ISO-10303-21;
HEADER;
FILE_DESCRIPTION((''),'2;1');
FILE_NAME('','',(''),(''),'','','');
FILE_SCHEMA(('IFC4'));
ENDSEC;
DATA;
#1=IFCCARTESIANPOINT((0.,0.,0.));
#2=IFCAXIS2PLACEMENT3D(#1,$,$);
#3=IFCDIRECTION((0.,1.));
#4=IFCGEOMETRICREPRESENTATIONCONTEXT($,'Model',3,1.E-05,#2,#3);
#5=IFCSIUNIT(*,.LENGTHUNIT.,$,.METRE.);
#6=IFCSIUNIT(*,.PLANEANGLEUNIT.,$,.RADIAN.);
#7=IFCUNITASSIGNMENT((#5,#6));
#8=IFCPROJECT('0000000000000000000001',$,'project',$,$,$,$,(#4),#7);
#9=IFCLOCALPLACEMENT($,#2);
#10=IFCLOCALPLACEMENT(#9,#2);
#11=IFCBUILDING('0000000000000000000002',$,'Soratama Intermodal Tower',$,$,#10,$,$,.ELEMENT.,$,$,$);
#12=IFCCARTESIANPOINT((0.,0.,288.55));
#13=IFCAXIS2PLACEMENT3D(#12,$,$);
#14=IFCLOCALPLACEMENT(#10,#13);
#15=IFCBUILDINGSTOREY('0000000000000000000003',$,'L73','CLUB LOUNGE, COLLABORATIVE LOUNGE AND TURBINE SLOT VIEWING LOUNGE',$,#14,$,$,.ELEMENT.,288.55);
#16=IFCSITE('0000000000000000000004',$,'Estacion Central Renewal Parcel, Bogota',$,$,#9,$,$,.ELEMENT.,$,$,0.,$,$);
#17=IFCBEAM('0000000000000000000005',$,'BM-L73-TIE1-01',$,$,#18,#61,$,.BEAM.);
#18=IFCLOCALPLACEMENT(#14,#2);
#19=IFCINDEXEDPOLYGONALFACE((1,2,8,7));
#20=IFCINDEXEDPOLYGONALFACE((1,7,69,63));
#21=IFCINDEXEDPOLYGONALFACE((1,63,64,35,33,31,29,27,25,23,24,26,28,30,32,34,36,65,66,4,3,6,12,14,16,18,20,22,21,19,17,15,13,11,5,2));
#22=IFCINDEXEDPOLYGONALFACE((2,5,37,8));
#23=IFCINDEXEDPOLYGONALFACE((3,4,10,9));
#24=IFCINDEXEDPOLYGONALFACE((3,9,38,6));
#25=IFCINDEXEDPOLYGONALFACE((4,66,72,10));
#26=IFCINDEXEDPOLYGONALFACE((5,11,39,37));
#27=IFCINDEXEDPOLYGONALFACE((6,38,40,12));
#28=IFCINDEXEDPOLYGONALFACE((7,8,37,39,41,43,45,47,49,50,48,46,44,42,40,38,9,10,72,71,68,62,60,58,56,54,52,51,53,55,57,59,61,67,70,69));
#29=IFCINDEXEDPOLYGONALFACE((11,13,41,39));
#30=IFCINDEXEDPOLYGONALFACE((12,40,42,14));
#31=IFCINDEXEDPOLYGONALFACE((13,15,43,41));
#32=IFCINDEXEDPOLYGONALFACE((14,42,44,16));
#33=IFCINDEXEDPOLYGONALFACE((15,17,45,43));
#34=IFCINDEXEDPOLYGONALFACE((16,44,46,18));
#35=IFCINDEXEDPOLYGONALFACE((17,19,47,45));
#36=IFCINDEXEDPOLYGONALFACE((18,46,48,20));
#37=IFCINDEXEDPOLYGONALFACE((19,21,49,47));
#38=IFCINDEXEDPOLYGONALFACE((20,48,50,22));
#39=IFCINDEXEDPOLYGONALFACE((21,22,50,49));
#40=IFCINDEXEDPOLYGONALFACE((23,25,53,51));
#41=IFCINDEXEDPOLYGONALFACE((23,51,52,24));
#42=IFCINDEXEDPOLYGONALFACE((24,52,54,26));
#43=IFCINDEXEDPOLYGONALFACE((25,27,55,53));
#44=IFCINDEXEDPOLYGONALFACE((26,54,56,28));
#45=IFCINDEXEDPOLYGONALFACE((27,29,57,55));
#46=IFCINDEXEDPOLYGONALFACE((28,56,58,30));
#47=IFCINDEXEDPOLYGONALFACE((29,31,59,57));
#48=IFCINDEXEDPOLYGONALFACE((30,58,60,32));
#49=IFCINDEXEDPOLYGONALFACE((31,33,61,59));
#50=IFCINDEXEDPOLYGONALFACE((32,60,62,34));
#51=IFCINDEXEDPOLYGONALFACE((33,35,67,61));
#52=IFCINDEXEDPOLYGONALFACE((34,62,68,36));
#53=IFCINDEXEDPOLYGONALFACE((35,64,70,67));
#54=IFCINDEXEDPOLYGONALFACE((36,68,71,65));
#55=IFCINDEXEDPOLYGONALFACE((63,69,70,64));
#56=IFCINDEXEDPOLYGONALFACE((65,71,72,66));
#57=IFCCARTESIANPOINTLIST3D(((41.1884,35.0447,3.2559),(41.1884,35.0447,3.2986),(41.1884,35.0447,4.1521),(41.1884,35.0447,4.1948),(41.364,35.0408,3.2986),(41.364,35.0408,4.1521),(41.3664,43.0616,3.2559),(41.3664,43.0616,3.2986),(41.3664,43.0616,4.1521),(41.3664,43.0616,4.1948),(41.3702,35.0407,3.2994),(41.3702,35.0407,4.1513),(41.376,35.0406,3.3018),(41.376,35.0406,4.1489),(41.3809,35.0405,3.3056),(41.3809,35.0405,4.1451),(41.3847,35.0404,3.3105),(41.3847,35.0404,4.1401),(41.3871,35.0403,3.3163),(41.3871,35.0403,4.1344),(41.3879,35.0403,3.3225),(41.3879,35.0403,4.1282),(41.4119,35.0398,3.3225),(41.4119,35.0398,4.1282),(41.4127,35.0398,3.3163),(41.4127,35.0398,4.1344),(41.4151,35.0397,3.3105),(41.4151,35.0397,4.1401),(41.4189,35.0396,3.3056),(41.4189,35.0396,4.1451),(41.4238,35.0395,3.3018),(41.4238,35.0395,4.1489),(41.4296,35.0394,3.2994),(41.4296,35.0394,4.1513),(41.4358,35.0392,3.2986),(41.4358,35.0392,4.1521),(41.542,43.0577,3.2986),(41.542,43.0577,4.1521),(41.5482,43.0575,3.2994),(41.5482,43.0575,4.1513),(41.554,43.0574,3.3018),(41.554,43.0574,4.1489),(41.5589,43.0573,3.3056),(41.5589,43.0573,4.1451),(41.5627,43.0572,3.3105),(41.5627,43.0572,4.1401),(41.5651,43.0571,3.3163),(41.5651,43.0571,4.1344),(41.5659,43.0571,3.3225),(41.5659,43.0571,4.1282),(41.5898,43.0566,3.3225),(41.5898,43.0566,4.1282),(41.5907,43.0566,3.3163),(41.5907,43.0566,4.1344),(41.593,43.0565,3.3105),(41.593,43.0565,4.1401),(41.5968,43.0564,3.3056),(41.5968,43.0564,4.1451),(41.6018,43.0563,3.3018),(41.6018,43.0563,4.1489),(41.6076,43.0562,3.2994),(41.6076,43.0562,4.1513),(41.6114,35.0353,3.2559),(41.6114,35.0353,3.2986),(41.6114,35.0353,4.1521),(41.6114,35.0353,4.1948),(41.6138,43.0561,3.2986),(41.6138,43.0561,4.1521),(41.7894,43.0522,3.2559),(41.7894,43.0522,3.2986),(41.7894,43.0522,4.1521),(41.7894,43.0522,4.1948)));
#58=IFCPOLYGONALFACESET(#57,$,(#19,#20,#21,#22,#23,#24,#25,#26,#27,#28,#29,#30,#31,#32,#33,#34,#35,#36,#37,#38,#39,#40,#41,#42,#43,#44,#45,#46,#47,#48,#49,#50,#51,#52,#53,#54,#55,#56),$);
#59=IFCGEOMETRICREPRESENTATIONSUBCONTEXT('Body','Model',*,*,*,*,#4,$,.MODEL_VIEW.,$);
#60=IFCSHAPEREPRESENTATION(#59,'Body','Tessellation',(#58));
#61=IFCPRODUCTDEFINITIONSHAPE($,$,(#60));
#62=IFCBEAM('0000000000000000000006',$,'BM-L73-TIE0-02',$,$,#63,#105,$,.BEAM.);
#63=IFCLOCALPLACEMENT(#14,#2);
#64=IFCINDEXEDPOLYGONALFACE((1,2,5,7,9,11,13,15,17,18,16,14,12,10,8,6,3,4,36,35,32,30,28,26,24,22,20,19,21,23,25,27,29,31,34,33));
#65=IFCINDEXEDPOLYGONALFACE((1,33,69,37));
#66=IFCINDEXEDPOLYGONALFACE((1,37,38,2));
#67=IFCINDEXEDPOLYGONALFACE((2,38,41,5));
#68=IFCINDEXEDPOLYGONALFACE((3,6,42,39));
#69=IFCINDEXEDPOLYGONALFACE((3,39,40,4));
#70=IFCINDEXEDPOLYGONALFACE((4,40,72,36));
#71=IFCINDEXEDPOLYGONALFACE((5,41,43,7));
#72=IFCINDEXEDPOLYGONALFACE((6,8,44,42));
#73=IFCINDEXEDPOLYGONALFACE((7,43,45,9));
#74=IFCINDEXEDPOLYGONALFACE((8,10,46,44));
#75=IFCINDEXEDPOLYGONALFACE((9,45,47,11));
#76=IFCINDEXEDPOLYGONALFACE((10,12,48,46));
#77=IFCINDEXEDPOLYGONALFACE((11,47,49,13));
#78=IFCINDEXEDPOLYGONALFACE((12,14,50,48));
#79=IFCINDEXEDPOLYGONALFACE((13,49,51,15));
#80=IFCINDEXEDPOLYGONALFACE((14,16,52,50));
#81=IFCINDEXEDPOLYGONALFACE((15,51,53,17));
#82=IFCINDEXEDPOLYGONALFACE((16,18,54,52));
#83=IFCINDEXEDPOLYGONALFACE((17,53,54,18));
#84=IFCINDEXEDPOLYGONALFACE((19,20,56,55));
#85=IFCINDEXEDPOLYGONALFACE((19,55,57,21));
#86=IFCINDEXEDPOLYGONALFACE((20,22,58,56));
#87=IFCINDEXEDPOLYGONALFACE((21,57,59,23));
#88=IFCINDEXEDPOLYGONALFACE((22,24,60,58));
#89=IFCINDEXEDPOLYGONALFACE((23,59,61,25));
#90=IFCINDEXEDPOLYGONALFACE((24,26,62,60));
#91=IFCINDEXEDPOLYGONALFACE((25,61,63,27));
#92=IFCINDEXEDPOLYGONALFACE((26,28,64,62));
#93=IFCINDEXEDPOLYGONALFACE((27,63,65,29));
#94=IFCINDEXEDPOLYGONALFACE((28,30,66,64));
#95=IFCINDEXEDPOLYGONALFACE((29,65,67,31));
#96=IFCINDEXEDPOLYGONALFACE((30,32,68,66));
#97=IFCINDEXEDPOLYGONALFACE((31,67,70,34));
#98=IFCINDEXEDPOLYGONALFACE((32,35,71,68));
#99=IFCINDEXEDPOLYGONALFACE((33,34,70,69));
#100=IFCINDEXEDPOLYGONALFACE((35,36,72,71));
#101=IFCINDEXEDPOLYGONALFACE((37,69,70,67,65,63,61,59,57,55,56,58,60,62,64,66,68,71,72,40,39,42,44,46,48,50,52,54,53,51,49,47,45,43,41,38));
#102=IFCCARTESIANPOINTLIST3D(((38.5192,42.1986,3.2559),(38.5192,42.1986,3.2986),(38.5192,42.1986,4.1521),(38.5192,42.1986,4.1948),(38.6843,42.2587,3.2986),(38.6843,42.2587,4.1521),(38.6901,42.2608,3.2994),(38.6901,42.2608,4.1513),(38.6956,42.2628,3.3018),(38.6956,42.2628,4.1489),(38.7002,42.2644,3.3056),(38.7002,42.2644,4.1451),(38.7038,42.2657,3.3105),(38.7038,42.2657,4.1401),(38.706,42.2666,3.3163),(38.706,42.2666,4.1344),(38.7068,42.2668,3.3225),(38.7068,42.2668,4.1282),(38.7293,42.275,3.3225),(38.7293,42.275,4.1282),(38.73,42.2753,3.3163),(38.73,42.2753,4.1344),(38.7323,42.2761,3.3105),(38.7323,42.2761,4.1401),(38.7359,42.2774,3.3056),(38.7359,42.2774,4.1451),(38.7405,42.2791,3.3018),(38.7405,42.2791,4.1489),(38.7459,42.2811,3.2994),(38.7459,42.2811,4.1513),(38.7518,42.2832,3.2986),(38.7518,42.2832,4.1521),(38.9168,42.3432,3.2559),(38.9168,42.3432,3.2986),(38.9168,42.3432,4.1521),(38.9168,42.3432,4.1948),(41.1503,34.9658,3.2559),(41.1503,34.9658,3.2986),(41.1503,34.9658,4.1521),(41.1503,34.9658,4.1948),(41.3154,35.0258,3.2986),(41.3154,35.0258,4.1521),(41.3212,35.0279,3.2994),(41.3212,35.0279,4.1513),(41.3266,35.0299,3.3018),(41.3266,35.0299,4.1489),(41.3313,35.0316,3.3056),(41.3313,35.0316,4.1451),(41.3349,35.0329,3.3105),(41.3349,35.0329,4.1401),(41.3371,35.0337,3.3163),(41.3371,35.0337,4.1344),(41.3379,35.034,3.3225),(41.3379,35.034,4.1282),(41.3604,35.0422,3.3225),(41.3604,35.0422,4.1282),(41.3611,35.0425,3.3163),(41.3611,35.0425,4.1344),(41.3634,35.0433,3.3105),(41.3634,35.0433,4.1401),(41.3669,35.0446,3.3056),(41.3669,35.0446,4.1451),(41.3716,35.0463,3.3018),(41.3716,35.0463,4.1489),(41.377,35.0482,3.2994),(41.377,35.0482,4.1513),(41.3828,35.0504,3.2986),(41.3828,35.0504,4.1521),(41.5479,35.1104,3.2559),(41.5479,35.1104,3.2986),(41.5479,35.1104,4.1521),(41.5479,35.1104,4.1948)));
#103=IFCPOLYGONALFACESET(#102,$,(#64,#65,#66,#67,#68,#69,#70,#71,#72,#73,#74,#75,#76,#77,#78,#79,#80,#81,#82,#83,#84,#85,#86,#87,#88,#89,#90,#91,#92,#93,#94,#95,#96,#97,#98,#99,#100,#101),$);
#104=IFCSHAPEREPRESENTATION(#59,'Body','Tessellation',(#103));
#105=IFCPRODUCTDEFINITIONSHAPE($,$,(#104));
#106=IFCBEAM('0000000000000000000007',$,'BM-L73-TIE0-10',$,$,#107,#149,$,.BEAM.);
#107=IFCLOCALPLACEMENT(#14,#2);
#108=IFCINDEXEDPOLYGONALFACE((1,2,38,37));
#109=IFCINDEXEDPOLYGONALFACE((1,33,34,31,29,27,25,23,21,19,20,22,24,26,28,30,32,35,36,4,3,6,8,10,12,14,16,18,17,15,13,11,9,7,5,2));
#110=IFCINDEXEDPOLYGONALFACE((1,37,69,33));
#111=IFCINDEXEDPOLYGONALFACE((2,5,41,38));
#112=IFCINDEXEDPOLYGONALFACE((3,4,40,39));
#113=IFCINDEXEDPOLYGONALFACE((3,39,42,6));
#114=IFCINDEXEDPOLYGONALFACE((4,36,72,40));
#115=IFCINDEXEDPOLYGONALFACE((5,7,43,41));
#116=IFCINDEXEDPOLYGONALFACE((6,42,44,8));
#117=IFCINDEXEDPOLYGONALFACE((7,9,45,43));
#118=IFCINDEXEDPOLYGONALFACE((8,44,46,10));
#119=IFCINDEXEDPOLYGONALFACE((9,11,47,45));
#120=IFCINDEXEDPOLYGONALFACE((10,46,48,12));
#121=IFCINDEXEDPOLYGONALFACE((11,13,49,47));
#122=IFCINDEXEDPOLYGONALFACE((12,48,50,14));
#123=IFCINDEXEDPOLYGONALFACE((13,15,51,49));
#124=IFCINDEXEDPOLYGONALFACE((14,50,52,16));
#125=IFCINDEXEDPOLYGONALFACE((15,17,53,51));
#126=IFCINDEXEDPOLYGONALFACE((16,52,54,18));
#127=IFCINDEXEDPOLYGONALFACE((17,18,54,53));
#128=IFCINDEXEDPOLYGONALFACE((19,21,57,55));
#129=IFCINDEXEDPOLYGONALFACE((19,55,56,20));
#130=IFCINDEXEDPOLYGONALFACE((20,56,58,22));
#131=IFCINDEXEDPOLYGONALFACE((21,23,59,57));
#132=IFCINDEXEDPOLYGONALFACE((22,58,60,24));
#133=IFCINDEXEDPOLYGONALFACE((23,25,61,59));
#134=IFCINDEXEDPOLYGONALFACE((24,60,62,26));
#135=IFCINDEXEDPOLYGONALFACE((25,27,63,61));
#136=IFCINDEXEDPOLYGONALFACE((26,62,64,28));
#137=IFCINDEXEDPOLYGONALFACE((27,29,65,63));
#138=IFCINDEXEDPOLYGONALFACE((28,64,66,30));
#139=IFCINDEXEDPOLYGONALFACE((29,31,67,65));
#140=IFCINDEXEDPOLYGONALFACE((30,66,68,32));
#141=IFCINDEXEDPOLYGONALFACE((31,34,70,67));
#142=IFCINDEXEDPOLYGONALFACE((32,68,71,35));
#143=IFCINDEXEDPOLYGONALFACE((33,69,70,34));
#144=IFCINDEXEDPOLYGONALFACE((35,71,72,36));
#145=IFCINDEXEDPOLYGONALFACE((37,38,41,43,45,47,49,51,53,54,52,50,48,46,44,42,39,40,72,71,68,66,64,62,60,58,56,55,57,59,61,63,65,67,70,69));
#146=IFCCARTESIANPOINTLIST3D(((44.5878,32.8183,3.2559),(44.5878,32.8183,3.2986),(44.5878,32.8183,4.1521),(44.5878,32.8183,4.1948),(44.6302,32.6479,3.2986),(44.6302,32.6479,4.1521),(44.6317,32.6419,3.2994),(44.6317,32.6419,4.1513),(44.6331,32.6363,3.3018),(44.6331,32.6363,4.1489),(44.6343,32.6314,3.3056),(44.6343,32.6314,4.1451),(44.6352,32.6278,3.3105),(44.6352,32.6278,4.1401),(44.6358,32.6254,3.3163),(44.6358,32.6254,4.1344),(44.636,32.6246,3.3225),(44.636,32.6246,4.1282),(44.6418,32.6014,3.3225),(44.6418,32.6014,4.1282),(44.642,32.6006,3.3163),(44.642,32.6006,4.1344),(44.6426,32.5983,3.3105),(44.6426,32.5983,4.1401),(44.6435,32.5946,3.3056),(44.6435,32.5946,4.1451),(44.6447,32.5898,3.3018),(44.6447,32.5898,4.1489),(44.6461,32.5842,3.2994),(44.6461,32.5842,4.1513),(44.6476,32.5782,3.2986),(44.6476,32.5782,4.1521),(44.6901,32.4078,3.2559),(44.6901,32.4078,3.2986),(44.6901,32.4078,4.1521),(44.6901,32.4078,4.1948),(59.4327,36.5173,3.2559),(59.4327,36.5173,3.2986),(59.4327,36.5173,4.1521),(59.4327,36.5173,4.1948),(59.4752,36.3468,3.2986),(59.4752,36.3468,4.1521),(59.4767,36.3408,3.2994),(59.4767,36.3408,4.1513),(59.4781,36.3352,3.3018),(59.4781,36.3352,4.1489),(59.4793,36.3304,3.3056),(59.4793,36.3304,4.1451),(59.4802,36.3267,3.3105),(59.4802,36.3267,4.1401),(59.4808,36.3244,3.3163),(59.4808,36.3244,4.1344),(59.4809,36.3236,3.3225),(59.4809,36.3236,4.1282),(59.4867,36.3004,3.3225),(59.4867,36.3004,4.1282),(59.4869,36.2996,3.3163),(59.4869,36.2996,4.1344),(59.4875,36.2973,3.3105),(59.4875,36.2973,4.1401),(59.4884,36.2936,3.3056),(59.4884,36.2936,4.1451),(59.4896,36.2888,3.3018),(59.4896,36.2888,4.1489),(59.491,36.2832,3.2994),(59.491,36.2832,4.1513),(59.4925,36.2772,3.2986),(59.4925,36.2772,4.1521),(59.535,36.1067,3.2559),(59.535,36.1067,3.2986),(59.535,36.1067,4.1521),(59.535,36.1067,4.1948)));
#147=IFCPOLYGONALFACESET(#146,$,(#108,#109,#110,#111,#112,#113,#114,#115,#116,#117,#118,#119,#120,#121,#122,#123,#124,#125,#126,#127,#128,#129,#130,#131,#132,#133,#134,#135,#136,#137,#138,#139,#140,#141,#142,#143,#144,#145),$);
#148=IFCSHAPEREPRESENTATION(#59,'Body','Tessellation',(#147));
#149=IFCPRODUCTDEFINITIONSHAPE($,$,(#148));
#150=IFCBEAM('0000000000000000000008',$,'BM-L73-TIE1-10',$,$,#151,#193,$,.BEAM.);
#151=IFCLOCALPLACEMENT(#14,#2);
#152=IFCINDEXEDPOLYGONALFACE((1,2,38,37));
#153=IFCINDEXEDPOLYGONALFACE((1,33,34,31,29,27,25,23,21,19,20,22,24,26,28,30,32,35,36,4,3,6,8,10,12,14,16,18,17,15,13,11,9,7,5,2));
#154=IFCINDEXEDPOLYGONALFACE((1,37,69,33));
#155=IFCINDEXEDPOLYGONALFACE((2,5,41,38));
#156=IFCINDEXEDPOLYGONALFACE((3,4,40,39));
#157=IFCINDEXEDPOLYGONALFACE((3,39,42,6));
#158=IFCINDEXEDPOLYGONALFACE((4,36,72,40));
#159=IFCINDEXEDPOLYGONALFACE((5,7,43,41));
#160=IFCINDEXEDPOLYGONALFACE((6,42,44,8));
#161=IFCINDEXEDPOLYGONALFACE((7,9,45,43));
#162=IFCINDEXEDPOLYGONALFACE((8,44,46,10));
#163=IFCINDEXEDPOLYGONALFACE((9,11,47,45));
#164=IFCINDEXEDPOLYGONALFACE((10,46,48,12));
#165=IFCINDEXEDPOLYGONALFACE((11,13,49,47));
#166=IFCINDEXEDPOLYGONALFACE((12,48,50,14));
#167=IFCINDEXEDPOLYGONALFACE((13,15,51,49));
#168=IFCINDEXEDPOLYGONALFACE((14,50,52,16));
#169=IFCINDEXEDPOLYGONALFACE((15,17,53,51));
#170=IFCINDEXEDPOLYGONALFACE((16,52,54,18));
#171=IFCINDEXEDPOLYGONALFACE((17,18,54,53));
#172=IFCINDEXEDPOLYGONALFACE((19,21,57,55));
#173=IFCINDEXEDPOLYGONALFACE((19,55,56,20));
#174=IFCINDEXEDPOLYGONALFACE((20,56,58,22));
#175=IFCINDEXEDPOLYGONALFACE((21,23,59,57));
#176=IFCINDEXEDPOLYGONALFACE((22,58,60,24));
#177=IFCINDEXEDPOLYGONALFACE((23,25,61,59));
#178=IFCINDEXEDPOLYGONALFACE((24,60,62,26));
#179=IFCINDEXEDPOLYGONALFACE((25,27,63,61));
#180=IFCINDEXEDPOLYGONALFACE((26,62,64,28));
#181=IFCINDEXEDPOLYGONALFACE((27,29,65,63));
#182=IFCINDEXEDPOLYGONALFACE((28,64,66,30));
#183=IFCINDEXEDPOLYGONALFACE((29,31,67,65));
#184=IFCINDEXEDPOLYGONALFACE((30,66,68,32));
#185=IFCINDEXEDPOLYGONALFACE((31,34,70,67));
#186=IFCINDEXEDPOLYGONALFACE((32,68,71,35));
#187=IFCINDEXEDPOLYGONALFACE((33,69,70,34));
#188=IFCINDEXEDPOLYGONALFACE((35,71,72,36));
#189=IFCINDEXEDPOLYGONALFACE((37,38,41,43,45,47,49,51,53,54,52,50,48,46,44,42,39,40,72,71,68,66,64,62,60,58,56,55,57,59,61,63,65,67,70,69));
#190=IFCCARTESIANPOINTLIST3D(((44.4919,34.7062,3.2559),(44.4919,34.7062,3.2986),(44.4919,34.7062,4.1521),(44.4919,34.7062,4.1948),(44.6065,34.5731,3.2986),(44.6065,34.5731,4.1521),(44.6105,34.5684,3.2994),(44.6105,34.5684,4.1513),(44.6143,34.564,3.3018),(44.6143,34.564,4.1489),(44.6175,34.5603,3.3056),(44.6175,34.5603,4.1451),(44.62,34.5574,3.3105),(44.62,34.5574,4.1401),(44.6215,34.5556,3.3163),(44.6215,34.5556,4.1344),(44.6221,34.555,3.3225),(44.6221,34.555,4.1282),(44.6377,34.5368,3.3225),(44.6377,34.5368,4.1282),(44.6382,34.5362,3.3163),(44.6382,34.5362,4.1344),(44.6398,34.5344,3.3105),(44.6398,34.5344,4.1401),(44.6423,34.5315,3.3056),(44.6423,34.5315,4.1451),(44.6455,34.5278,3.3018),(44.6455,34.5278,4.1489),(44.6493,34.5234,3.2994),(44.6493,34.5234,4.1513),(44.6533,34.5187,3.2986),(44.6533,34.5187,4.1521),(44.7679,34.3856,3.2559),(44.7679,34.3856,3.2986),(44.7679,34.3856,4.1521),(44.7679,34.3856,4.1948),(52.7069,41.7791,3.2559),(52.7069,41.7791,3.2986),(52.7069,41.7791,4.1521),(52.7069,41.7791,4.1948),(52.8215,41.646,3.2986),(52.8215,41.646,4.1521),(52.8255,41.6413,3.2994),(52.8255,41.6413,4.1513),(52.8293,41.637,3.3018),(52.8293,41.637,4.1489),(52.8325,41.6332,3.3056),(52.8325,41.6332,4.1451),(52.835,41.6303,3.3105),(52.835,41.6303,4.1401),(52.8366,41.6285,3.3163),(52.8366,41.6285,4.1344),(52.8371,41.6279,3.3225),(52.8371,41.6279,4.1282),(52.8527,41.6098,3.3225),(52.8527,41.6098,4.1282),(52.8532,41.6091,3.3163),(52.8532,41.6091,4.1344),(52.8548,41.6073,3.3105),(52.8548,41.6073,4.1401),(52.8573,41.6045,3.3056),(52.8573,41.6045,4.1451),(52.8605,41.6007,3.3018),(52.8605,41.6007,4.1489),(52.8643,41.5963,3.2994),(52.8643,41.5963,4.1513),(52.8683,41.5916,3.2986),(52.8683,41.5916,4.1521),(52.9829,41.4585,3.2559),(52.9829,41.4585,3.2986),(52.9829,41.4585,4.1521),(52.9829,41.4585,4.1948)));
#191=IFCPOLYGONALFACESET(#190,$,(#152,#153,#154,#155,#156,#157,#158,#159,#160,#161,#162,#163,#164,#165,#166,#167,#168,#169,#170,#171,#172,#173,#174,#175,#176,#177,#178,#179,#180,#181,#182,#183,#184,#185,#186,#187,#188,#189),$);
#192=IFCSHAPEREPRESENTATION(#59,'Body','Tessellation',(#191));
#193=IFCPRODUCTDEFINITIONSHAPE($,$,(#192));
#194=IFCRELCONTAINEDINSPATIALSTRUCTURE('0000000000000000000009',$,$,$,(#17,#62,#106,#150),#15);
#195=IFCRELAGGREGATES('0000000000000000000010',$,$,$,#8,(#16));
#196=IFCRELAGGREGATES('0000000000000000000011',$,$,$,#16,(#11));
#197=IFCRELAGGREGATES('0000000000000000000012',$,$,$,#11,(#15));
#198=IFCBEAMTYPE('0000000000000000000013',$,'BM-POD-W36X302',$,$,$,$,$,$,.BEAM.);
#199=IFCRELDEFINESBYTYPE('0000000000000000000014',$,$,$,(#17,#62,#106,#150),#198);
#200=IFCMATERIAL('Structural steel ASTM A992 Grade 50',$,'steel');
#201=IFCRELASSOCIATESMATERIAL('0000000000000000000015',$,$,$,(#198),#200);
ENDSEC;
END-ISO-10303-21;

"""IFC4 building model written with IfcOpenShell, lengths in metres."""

from ifc_helpers import new_model, si_unit, direction, frame, origin, origin_2d, place, context, subcontext, project, spatial, i_section, extrude, material, material_profile, profile_set, type_object, element, save


model = new_model("IFC4")

# Units and contexts
model_context = context("Model", 3, precision=1e-05, world=origin(), true_north=direction((0.0, 1.0)))
body_context = subcontext(model_context, "Body", "Model", "MODEL_VIEW")
ifc_project = project(units=[si_unit("LENGTHUNIT", "METRE"), si_unit("PLANEANGLEUNIT", "RADIAN")], contexts=[model_context])

# Site, building, storey
site_placement = place(None, origin())
site = spatial("IfcSite", under=ifc_project, at=site_placement, Name="Estacion Central Renewal Parcel, Bogota", CompositionType="ELEMENT", RefElevation=0.0)
building_placement = place(site_placement, origin())
building = spatial("IfcBuilding", under=site, at=building_placement, Name="Soratama Intermodal Tower", CompositionType="ELEMENT")
storey_placement = place(building_placement, frame((0.0, 0.0, 288.55)))
storey = spatial("IfcBuildingStorey", under=building, at=storey_placement, Name="L73", Description="CLUB LOUNGE, COLLABORATIVE LOUNGE AND TURBINE SLOT VIEWING LOUNGE", CompositionType="ELEMENT", Elevation=288.55)

# Beams
ifc_material_1 = material(Name="Structural steel ASTM A992 Grade 50", Category="steel")
ifc_material_profile_1 = material_profile(ifc_material_1, i_section(OverallWidth=0.4231, OverallDepth=0.939, WebThickness=0.0239, FlangeThickness=0.0427, FilletRadius=0.0239, at=origin_2d()), Name="W36X302")
ifc_profile_set_1 = profile_set([ifc_material_profile_1], Name="Structural steel ASTM A992 Grade 50")
beam_type_1 = type_object("IfcBeamType", Name="BM-POD-W36X302", PredefinedType="BEAM", material=ifc_profile_set_1)
beam_1_placement = place(storey_placement, frame((41.3999, 35.04, 3.7253), z_axis=(0.022195, 0.999754, 0.0), x_axis=(-0.999754, 0.022195, 0.0)))
element("IfcBeam", 1, at=beam_1_placement, inside=storey, type_object=beam_type_1, Name="BM-L73-TIE1-01", PredefinedType="BEAM", context=body_context, shape_type="SweptSolid", body=[
    extrude(i_section(OverallWidth=0.4231, OverallDepth=0.939, WebThickness=0.0239, FlangeThickness=0.0427, FilletRadius=0.0239, at=origin_2d()), origin(), (0.0, 0.0, 1.0), 8.0188),
])
beam_2_placement = place(storey_placement, frame((41.3491, 35.0381, 3.7253), z_axis=(-0.341853, 0.939754, 0.0), x_axis=(-0.939754, -0.341853, 0.0)))
element("IfcBeam", 2, at=beam_2_placement, inside=storey, type_object=beam_type_1, Name="BM-L73-TIE0-02", PredefinedType="BEAM", context=body_context, shape_type="SweptSolid", body=[
    extrude(i_section(OverallWidth=0.4231, OverallDepth=0.939, WebThickness=0.0239, FlangeThickness=0.0427, FilletRadius=0.0239, at=origin_2d()), origin(), (0.0, 0.0, 1.0), 7.6965),
])
beam_3_placement = place(storey_placement, frame((44.6389, 32.613, 3.7253), z_axis=(0.970331, 0.241781, 0.0), x_axis=(-0.241781, 0.970331, 0.0)))
element("IfcBeam", 3, at=beam_3_placement, inside=storey, type_object=beam_type_1, Name="BM-L73-TIE0-10", PredefinedType="BEAM", context=body_context, shape_type="SweptSolid", body=[
    extrude(i_section(OverallWidth=0.4231, OverallDepth=0.939, WebThickness=0.0239, FlangeThickness=0.0427, FilletRadius=0.0239, at=origin_2d()), origin(), (0.0, 0.0, 1.0), 15.2988),
])
beam_4_placement = place(storey_placement, frame((44.6299, 34.5459, 3.7253), z_axis=(0.757819, 0.652465, 0.0), x_axis=(-0.652465, 0.757819, 0.0)))
element("IfcBeam", 4, at=beam_4_placement, inside=storey, type_object=beam_type_1, Name="BM-L73-TIE1-10", PredefinedType="BEAM", context=body_context, shape_type="SweptSolid", body=[
    extrude(i_section(OverallWidth=0.4231, OverallDepth=0.939, WebThickness=0.0239, FlangeThickness=0.0427, FilletRadius=0.0239, at=origin_2d()), origin(), (0.0, 0.0, 1.0), 10.8403),
])

save(model, "model.ifc")
